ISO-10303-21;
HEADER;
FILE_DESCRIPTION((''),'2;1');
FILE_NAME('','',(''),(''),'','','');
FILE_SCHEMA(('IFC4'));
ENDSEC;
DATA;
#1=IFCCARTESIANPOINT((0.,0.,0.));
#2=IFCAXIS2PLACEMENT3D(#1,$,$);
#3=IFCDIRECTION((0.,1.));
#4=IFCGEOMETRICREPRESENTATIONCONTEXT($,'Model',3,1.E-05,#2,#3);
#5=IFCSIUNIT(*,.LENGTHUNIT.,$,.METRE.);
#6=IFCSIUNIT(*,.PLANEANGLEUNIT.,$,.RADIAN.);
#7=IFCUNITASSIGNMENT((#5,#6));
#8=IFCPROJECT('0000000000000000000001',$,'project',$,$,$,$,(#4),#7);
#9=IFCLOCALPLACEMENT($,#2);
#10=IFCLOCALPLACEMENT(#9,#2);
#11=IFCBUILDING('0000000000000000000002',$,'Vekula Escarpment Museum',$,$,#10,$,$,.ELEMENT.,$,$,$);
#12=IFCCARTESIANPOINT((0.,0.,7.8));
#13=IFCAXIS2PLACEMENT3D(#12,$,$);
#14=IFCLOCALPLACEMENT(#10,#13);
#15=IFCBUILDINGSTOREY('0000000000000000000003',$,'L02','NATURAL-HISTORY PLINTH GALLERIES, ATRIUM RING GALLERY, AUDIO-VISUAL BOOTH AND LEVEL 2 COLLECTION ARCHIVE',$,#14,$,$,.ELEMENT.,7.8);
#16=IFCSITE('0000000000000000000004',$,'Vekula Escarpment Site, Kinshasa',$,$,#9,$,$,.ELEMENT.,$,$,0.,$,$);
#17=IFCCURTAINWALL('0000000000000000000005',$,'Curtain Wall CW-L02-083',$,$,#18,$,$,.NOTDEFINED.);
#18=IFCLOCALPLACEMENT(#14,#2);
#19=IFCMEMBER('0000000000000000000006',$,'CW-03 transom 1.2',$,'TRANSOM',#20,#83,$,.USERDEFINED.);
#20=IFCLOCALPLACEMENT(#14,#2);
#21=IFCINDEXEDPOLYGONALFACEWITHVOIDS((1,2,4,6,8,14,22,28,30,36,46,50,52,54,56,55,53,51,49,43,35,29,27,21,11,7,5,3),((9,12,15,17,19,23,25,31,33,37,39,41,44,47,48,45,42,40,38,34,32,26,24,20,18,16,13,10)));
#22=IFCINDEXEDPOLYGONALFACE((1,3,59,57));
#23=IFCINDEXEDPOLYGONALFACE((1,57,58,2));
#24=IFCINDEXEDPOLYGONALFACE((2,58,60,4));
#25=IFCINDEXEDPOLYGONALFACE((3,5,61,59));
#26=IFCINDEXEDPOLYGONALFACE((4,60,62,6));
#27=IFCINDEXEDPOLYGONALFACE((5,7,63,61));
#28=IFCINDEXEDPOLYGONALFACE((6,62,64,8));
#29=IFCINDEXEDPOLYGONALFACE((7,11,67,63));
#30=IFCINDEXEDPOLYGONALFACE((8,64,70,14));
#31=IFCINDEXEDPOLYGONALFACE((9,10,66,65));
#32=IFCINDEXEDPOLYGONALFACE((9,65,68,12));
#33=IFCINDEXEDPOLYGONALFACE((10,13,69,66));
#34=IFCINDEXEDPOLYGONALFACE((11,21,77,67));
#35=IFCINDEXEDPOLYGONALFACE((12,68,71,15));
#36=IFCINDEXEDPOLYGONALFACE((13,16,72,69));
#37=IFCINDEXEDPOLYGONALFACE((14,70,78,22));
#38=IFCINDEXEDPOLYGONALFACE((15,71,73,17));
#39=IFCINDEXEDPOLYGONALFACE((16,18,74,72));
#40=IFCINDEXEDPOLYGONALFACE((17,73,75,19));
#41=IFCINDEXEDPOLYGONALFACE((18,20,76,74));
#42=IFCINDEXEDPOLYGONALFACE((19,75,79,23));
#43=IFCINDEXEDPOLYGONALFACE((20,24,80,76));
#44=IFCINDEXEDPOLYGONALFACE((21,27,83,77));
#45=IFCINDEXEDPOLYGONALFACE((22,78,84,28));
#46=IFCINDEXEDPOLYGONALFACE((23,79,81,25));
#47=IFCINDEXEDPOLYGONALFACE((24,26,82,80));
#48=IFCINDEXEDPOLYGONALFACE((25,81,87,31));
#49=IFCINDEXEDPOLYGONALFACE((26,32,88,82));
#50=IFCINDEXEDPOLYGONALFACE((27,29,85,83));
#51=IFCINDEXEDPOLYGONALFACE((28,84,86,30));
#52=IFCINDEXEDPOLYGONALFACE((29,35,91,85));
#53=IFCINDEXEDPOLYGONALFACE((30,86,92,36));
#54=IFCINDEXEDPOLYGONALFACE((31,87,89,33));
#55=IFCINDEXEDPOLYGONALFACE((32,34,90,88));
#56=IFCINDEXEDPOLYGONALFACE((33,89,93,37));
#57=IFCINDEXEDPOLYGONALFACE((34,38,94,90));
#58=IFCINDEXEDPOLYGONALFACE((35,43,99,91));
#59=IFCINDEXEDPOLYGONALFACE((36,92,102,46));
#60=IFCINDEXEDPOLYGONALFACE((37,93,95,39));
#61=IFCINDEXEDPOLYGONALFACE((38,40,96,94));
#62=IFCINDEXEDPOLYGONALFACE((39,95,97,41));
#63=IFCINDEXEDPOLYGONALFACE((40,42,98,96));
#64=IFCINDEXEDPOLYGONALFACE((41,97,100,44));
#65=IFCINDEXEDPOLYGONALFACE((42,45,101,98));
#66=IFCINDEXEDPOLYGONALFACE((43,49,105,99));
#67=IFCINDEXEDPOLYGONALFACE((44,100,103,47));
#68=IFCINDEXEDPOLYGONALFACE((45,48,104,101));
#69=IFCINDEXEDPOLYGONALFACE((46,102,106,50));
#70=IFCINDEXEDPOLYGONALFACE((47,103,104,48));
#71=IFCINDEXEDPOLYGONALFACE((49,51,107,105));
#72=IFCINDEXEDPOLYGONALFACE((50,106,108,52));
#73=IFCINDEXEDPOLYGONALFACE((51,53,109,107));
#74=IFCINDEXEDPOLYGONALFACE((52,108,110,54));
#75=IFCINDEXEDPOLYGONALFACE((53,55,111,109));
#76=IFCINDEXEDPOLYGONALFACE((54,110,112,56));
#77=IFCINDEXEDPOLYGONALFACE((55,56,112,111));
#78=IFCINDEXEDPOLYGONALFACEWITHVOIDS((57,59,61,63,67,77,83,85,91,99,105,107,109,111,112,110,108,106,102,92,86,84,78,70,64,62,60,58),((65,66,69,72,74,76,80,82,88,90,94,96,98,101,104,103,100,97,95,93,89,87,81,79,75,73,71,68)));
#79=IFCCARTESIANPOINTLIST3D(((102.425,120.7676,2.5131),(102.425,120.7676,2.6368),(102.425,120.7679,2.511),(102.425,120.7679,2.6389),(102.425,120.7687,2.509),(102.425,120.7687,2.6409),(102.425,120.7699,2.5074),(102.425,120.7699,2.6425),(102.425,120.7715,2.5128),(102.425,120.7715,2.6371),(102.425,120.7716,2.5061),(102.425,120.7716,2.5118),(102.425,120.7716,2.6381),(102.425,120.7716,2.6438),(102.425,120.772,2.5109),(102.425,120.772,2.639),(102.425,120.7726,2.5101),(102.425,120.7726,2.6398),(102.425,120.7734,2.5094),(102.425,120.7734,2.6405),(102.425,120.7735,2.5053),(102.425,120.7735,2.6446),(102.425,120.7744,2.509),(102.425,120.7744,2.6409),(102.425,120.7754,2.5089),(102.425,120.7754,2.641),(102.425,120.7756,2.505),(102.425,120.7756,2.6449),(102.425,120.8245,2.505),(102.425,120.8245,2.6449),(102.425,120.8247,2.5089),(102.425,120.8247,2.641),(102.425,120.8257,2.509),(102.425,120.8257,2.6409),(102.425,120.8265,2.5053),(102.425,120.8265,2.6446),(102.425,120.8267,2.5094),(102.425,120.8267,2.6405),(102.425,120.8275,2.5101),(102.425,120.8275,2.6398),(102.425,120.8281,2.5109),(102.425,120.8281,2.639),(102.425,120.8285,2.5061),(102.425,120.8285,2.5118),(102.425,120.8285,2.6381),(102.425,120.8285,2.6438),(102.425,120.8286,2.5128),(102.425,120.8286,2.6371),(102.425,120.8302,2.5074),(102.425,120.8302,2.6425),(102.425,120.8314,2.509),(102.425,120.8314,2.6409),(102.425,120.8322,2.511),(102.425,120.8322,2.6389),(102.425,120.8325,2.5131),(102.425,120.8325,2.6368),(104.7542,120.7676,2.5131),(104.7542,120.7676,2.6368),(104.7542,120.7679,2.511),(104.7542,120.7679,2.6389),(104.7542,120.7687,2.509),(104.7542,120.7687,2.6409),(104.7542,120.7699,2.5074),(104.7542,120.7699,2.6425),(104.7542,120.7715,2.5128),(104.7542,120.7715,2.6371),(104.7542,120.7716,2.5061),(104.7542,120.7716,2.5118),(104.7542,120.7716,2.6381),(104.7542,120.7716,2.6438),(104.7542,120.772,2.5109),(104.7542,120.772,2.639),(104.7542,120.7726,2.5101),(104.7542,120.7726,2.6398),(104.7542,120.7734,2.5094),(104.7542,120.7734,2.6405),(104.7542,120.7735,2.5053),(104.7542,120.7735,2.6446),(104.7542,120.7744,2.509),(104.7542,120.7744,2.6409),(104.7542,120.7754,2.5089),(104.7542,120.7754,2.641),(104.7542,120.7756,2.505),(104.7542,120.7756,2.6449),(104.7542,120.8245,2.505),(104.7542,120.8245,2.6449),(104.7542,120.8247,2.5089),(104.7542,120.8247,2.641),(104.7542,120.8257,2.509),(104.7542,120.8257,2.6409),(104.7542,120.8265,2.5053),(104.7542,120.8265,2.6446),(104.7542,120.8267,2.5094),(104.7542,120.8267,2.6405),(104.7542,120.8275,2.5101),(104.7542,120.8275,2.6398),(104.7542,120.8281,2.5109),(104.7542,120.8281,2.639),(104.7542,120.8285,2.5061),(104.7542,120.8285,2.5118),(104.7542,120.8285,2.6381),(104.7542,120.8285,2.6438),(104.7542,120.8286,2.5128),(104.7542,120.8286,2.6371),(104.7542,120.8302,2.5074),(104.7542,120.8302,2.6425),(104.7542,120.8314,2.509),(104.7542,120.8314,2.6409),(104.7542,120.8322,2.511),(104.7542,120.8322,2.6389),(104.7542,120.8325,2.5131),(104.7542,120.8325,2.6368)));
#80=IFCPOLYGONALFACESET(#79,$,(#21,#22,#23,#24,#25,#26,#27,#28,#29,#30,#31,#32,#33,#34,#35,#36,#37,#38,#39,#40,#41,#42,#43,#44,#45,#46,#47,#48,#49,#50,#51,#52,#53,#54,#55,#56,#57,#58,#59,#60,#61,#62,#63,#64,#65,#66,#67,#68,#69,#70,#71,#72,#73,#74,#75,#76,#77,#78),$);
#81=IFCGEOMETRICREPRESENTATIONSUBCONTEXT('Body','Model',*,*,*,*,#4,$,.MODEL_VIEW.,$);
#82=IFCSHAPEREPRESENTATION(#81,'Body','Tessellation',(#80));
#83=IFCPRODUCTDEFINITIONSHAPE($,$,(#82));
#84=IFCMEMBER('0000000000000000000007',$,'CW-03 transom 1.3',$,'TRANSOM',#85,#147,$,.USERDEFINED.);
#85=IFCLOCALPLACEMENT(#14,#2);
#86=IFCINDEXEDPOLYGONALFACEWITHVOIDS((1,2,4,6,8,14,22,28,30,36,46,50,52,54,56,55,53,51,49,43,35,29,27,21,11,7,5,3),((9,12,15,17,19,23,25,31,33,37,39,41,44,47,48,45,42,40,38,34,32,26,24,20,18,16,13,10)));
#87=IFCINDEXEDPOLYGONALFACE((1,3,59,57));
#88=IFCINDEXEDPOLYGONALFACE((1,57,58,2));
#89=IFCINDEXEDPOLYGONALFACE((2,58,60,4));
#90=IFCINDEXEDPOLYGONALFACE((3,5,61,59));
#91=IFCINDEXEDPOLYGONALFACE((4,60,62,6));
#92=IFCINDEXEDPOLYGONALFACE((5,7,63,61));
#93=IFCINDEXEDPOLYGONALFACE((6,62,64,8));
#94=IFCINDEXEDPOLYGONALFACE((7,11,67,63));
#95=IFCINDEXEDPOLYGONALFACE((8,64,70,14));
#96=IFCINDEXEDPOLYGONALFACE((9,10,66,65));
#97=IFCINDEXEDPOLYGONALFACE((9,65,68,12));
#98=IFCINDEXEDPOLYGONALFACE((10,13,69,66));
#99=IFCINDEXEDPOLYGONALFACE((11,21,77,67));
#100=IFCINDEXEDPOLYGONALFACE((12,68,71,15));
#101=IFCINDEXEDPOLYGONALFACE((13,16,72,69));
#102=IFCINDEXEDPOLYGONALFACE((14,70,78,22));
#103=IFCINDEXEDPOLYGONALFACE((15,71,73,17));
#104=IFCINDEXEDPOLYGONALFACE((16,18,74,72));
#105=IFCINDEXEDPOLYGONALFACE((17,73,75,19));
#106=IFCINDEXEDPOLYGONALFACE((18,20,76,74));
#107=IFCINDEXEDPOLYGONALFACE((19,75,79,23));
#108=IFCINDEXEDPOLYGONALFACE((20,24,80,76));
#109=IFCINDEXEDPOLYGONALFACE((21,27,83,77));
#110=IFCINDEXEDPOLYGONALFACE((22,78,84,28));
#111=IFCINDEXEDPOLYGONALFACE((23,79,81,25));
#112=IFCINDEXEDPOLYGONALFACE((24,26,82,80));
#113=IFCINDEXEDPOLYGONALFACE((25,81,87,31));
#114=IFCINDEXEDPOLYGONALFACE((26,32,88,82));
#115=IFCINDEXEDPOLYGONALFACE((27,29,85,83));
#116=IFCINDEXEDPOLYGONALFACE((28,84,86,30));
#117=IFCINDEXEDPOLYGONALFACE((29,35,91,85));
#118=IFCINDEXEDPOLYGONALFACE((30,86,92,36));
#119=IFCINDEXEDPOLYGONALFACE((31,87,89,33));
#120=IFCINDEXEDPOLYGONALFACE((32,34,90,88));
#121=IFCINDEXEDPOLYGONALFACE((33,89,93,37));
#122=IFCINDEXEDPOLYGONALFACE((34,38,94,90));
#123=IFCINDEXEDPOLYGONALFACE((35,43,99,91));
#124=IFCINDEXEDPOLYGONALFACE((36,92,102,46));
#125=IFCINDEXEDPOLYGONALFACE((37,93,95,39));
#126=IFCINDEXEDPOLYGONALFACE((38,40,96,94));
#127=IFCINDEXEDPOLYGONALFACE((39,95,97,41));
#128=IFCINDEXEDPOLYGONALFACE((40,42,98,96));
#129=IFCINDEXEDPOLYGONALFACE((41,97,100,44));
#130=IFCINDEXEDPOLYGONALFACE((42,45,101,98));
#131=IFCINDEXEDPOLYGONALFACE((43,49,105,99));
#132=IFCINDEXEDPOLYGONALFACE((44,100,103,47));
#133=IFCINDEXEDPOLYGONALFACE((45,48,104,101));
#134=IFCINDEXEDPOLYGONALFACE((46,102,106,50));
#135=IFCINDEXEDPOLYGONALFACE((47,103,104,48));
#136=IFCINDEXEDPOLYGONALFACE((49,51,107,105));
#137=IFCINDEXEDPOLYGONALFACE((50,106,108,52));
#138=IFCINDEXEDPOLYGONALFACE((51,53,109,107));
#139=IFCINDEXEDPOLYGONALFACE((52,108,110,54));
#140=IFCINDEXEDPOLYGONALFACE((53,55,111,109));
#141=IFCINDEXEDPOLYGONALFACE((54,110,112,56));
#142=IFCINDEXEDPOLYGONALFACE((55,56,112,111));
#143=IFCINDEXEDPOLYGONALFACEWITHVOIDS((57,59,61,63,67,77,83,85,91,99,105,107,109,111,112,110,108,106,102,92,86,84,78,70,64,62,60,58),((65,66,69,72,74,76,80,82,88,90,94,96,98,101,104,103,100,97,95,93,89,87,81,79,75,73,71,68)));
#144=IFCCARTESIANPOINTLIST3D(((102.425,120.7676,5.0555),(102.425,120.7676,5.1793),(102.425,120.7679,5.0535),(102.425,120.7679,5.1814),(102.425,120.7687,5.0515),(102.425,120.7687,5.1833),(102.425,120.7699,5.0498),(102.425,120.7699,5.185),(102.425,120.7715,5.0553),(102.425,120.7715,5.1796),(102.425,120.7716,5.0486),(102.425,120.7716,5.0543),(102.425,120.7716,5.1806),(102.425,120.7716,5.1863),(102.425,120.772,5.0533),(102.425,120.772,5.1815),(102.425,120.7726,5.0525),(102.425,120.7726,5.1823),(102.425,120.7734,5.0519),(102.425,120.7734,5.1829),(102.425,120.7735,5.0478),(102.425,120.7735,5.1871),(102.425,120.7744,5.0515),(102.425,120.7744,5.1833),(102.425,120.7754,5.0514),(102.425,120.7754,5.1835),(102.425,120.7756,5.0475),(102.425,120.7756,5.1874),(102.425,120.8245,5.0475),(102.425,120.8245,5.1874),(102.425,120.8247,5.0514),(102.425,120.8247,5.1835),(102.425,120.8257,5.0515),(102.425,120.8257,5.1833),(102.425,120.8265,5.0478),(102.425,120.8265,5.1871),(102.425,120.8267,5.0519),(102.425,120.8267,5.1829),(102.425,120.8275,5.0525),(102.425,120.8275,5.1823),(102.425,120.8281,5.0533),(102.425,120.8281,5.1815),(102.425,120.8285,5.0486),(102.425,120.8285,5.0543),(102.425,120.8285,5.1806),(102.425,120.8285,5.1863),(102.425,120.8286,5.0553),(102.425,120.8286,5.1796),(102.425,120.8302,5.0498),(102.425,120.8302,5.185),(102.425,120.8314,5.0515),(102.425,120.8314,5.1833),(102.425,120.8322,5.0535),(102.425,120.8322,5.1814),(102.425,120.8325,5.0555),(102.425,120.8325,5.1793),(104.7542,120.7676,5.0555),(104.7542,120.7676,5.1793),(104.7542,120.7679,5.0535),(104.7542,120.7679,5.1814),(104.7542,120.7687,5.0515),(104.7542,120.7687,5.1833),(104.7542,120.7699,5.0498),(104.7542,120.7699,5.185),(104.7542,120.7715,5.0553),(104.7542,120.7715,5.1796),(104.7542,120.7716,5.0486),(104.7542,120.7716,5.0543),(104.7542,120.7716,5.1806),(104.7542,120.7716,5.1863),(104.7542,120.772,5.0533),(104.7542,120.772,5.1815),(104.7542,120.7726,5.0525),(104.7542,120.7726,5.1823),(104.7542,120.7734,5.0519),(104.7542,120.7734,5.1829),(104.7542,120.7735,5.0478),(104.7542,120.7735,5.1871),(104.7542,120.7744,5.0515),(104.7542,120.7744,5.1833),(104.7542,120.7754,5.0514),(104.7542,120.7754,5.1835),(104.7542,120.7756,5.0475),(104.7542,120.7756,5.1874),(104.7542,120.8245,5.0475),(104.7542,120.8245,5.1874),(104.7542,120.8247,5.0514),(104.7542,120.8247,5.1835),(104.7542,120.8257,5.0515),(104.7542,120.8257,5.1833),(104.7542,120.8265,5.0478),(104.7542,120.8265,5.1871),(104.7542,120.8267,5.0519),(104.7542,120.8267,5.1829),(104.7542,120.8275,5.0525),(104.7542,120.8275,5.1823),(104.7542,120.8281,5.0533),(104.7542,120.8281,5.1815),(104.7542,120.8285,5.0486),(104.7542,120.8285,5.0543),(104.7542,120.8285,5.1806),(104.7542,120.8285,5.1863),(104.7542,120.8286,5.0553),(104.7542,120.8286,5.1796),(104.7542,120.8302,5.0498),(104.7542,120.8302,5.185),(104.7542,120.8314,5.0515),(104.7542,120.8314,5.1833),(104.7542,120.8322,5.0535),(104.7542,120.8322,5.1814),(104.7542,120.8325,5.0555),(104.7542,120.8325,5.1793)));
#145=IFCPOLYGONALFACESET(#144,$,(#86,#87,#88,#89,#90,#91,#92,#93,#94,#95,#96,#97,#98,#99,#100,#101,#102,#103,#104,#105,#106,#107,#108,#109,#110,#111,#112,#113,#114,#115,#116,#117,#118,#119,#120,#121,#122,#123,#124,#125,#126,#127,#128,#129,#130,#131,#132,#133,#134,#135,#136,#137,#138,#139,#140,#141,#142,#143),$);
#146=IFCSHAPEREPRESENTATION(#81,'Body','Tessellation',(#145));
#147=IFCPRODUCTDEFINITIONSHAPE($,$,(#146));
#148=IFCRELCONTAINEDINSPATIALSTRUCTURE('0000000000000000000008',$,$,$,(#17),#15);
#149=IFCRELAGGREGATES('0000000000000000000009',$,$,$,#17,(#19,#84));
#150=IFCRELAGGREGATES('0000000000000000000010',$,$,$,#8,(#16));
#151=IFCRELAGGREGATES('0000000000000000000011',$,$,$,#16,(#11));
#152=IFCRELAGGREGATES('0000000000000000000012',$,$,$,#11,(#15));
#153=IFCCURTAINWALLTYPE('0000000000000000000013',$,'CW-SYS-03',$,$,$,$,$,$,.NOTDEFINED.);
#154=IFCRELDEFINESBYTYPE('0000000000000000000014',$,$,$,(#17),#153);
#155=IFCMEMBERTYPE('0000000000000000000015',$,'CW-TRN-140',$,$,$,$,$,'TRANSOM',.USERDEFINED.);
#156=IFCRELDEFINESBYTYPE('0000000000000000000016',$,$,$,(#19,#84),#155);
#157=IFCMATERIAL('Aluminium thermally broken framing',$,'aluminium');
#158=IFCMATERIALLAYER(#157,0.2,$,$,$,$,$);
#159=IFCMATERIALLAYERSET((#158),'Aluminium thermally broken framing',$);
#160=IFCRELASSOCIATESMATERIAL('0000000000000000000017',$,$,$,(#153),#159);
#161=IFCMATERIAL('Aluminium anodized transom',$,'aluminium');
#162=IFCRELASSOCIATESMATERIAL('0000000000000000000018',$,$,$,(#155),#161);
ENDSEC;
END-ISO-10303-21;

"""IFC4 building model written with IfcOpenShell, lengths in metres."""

from ifc_helpers import new_model, si_unit, direction, frame, origin, origin_2d, place, context, subcontext, project, spatial, hollow_rectangle, extrude, material, layer, layer_set, material_profile, profile_set, type_object, element, aggregate, save


model = new_model("IFC4")

# Units and contexts
model_context = context("Model", 3, precision=1e-05, world=origin(), true_north=direction((0.0, 1.0)))
body_context = subcontext(model_context, "Body", "Model", "MODEL_VIEW")
ifc_project = project(units=[si_unit("LENGTHUNIT", "METRE"), si_unit("PLANEANGLEUNIT", "RADIAN")], contexts=[model_context])

# Site, building, storey
site_placement = place(None, origin())
site = spatial("IfcSite", under=ifc_project, at=site_placement, Name="Vekula Escarpment Site, Kinshasa", CompositionType="ELEMENT", RefElevation=0.0)
building_placement = place(site_placement, origin())
building = spatial("IfcBuilding", under=site, at=building_placement, Name="Vekula Escarpment Museum", CompositionType="ELEMENT")
storey_placement = place(building_placement, frame((0.0, 0.0, 7.8)))
storey = spatial("IfcBuildingStorey", under=building, at=storey_placement, Name="L02", Description="NATURAL-HISTORY PLINTH GALLERIES, ATRIUM RING GALLERY, AUDIO-VISUAL BOOTH AND LEVEL 2 COLLECTION ARCHIVE", CompositionType="ELEMENT", Elevation=7.8)

# Curtain wall, members
ifc_material_1 = material(Name="Aluminium thermally broken framing", Category="aluminium")
ifc_layer_1 = layer(ifc_material_1, 0.2)
ifc_layer_set_1 = layer_set([ifc_layer_1], Name="Aluminium thermally broken framing")
curtain_wall_type = type_object("IfcCurtainWallType", Name="CW-SYS-03", PredefinedType="NOTDEFINED", material=ifc_layer_set_1)
curtain_wall_placement = place(storey_placement, origin())
curtain_wall = element("IfcCurtainWall", 1, at=curtain_wall_placement, inside=storey, type_object=curtain_wall_type, Name="Curtain Wall CW-L02-083", PredefinedType="NOTDEFINED")
ifc_material_2 = material(Name="Aluminium anodized transom", Category="aluminium")
ifc_material_profile_1 = material_profile(ifc_material_2, hollow_rectangle(XDim=0.0649, YDim=0.1399, WallThickness=0.0039, InnerFilletRadius=0.0039, OuterFilletRadius=0.0081, at=origin_2d()), Name="ALU 140x65x4")
ifc_profile_set_1 = profile_set([ifc_material_profile_1], Name="Aluminium anodized transom")
member_type_1 = type_object("IfcMemberType", Name="CW-TRN-140", ElementType="TRANSOM", PredefinedType="USERDEFINED", material=ifc_profile_set_1)
member_1_placement = place(storey_placement, frame((102.425, 120.8, 2.575), z_axis=(1.0, 0.0, 0.0), x_axis=(0.0, 1.0, 0.0)))
member_1 = element("IfcMember", 2, at=member_1_placement, type_object=member_type_1, Name="CW-03 transom 1.2", ObjectType="TRANSOM", PredefinedType="USERDEFINED", context=body_context, shape_type="SweptSolid", body=[
    extrude(hollow_rectangle(XDim=0.0649, YDim=0.1399, WallThickness=0.0039, InnerFilletRadius=0.0039, OuterFilletRadius=0.0081, at=origin_2d()), origin(), (0.0, 0.0, 1.0), 2.3291),
])
member_2_placement = place(storey_placement, frame((102.425, 120.8, 5.1174), z_axis=(1.0, 0.0, 0.0), x_axis=(0.0, 1.0, 0.0)))
member_2 = element("IfcMember", 3, at=member_2_placement, type_object=member_type_1, Name="CW-03 transom 1.3", ObjectType="TRANSOM", PredefinedType="USERDEFINED", context=body_context, shape_type="SweptSolid", body=[
    extrude(hollow_rectangle(XDim=0.0649, YDim=0.1399, WallThickness=0.0039, InnerFilletRadius=0.0039, OuterFilletRadius=0.0081, at=origin_2d()), origin(), (0.0, 0.0, 1.0), 2.3291),
])
aggregate(curtain_wall, [member_1, member_2])

save(model, "model.ifc")
